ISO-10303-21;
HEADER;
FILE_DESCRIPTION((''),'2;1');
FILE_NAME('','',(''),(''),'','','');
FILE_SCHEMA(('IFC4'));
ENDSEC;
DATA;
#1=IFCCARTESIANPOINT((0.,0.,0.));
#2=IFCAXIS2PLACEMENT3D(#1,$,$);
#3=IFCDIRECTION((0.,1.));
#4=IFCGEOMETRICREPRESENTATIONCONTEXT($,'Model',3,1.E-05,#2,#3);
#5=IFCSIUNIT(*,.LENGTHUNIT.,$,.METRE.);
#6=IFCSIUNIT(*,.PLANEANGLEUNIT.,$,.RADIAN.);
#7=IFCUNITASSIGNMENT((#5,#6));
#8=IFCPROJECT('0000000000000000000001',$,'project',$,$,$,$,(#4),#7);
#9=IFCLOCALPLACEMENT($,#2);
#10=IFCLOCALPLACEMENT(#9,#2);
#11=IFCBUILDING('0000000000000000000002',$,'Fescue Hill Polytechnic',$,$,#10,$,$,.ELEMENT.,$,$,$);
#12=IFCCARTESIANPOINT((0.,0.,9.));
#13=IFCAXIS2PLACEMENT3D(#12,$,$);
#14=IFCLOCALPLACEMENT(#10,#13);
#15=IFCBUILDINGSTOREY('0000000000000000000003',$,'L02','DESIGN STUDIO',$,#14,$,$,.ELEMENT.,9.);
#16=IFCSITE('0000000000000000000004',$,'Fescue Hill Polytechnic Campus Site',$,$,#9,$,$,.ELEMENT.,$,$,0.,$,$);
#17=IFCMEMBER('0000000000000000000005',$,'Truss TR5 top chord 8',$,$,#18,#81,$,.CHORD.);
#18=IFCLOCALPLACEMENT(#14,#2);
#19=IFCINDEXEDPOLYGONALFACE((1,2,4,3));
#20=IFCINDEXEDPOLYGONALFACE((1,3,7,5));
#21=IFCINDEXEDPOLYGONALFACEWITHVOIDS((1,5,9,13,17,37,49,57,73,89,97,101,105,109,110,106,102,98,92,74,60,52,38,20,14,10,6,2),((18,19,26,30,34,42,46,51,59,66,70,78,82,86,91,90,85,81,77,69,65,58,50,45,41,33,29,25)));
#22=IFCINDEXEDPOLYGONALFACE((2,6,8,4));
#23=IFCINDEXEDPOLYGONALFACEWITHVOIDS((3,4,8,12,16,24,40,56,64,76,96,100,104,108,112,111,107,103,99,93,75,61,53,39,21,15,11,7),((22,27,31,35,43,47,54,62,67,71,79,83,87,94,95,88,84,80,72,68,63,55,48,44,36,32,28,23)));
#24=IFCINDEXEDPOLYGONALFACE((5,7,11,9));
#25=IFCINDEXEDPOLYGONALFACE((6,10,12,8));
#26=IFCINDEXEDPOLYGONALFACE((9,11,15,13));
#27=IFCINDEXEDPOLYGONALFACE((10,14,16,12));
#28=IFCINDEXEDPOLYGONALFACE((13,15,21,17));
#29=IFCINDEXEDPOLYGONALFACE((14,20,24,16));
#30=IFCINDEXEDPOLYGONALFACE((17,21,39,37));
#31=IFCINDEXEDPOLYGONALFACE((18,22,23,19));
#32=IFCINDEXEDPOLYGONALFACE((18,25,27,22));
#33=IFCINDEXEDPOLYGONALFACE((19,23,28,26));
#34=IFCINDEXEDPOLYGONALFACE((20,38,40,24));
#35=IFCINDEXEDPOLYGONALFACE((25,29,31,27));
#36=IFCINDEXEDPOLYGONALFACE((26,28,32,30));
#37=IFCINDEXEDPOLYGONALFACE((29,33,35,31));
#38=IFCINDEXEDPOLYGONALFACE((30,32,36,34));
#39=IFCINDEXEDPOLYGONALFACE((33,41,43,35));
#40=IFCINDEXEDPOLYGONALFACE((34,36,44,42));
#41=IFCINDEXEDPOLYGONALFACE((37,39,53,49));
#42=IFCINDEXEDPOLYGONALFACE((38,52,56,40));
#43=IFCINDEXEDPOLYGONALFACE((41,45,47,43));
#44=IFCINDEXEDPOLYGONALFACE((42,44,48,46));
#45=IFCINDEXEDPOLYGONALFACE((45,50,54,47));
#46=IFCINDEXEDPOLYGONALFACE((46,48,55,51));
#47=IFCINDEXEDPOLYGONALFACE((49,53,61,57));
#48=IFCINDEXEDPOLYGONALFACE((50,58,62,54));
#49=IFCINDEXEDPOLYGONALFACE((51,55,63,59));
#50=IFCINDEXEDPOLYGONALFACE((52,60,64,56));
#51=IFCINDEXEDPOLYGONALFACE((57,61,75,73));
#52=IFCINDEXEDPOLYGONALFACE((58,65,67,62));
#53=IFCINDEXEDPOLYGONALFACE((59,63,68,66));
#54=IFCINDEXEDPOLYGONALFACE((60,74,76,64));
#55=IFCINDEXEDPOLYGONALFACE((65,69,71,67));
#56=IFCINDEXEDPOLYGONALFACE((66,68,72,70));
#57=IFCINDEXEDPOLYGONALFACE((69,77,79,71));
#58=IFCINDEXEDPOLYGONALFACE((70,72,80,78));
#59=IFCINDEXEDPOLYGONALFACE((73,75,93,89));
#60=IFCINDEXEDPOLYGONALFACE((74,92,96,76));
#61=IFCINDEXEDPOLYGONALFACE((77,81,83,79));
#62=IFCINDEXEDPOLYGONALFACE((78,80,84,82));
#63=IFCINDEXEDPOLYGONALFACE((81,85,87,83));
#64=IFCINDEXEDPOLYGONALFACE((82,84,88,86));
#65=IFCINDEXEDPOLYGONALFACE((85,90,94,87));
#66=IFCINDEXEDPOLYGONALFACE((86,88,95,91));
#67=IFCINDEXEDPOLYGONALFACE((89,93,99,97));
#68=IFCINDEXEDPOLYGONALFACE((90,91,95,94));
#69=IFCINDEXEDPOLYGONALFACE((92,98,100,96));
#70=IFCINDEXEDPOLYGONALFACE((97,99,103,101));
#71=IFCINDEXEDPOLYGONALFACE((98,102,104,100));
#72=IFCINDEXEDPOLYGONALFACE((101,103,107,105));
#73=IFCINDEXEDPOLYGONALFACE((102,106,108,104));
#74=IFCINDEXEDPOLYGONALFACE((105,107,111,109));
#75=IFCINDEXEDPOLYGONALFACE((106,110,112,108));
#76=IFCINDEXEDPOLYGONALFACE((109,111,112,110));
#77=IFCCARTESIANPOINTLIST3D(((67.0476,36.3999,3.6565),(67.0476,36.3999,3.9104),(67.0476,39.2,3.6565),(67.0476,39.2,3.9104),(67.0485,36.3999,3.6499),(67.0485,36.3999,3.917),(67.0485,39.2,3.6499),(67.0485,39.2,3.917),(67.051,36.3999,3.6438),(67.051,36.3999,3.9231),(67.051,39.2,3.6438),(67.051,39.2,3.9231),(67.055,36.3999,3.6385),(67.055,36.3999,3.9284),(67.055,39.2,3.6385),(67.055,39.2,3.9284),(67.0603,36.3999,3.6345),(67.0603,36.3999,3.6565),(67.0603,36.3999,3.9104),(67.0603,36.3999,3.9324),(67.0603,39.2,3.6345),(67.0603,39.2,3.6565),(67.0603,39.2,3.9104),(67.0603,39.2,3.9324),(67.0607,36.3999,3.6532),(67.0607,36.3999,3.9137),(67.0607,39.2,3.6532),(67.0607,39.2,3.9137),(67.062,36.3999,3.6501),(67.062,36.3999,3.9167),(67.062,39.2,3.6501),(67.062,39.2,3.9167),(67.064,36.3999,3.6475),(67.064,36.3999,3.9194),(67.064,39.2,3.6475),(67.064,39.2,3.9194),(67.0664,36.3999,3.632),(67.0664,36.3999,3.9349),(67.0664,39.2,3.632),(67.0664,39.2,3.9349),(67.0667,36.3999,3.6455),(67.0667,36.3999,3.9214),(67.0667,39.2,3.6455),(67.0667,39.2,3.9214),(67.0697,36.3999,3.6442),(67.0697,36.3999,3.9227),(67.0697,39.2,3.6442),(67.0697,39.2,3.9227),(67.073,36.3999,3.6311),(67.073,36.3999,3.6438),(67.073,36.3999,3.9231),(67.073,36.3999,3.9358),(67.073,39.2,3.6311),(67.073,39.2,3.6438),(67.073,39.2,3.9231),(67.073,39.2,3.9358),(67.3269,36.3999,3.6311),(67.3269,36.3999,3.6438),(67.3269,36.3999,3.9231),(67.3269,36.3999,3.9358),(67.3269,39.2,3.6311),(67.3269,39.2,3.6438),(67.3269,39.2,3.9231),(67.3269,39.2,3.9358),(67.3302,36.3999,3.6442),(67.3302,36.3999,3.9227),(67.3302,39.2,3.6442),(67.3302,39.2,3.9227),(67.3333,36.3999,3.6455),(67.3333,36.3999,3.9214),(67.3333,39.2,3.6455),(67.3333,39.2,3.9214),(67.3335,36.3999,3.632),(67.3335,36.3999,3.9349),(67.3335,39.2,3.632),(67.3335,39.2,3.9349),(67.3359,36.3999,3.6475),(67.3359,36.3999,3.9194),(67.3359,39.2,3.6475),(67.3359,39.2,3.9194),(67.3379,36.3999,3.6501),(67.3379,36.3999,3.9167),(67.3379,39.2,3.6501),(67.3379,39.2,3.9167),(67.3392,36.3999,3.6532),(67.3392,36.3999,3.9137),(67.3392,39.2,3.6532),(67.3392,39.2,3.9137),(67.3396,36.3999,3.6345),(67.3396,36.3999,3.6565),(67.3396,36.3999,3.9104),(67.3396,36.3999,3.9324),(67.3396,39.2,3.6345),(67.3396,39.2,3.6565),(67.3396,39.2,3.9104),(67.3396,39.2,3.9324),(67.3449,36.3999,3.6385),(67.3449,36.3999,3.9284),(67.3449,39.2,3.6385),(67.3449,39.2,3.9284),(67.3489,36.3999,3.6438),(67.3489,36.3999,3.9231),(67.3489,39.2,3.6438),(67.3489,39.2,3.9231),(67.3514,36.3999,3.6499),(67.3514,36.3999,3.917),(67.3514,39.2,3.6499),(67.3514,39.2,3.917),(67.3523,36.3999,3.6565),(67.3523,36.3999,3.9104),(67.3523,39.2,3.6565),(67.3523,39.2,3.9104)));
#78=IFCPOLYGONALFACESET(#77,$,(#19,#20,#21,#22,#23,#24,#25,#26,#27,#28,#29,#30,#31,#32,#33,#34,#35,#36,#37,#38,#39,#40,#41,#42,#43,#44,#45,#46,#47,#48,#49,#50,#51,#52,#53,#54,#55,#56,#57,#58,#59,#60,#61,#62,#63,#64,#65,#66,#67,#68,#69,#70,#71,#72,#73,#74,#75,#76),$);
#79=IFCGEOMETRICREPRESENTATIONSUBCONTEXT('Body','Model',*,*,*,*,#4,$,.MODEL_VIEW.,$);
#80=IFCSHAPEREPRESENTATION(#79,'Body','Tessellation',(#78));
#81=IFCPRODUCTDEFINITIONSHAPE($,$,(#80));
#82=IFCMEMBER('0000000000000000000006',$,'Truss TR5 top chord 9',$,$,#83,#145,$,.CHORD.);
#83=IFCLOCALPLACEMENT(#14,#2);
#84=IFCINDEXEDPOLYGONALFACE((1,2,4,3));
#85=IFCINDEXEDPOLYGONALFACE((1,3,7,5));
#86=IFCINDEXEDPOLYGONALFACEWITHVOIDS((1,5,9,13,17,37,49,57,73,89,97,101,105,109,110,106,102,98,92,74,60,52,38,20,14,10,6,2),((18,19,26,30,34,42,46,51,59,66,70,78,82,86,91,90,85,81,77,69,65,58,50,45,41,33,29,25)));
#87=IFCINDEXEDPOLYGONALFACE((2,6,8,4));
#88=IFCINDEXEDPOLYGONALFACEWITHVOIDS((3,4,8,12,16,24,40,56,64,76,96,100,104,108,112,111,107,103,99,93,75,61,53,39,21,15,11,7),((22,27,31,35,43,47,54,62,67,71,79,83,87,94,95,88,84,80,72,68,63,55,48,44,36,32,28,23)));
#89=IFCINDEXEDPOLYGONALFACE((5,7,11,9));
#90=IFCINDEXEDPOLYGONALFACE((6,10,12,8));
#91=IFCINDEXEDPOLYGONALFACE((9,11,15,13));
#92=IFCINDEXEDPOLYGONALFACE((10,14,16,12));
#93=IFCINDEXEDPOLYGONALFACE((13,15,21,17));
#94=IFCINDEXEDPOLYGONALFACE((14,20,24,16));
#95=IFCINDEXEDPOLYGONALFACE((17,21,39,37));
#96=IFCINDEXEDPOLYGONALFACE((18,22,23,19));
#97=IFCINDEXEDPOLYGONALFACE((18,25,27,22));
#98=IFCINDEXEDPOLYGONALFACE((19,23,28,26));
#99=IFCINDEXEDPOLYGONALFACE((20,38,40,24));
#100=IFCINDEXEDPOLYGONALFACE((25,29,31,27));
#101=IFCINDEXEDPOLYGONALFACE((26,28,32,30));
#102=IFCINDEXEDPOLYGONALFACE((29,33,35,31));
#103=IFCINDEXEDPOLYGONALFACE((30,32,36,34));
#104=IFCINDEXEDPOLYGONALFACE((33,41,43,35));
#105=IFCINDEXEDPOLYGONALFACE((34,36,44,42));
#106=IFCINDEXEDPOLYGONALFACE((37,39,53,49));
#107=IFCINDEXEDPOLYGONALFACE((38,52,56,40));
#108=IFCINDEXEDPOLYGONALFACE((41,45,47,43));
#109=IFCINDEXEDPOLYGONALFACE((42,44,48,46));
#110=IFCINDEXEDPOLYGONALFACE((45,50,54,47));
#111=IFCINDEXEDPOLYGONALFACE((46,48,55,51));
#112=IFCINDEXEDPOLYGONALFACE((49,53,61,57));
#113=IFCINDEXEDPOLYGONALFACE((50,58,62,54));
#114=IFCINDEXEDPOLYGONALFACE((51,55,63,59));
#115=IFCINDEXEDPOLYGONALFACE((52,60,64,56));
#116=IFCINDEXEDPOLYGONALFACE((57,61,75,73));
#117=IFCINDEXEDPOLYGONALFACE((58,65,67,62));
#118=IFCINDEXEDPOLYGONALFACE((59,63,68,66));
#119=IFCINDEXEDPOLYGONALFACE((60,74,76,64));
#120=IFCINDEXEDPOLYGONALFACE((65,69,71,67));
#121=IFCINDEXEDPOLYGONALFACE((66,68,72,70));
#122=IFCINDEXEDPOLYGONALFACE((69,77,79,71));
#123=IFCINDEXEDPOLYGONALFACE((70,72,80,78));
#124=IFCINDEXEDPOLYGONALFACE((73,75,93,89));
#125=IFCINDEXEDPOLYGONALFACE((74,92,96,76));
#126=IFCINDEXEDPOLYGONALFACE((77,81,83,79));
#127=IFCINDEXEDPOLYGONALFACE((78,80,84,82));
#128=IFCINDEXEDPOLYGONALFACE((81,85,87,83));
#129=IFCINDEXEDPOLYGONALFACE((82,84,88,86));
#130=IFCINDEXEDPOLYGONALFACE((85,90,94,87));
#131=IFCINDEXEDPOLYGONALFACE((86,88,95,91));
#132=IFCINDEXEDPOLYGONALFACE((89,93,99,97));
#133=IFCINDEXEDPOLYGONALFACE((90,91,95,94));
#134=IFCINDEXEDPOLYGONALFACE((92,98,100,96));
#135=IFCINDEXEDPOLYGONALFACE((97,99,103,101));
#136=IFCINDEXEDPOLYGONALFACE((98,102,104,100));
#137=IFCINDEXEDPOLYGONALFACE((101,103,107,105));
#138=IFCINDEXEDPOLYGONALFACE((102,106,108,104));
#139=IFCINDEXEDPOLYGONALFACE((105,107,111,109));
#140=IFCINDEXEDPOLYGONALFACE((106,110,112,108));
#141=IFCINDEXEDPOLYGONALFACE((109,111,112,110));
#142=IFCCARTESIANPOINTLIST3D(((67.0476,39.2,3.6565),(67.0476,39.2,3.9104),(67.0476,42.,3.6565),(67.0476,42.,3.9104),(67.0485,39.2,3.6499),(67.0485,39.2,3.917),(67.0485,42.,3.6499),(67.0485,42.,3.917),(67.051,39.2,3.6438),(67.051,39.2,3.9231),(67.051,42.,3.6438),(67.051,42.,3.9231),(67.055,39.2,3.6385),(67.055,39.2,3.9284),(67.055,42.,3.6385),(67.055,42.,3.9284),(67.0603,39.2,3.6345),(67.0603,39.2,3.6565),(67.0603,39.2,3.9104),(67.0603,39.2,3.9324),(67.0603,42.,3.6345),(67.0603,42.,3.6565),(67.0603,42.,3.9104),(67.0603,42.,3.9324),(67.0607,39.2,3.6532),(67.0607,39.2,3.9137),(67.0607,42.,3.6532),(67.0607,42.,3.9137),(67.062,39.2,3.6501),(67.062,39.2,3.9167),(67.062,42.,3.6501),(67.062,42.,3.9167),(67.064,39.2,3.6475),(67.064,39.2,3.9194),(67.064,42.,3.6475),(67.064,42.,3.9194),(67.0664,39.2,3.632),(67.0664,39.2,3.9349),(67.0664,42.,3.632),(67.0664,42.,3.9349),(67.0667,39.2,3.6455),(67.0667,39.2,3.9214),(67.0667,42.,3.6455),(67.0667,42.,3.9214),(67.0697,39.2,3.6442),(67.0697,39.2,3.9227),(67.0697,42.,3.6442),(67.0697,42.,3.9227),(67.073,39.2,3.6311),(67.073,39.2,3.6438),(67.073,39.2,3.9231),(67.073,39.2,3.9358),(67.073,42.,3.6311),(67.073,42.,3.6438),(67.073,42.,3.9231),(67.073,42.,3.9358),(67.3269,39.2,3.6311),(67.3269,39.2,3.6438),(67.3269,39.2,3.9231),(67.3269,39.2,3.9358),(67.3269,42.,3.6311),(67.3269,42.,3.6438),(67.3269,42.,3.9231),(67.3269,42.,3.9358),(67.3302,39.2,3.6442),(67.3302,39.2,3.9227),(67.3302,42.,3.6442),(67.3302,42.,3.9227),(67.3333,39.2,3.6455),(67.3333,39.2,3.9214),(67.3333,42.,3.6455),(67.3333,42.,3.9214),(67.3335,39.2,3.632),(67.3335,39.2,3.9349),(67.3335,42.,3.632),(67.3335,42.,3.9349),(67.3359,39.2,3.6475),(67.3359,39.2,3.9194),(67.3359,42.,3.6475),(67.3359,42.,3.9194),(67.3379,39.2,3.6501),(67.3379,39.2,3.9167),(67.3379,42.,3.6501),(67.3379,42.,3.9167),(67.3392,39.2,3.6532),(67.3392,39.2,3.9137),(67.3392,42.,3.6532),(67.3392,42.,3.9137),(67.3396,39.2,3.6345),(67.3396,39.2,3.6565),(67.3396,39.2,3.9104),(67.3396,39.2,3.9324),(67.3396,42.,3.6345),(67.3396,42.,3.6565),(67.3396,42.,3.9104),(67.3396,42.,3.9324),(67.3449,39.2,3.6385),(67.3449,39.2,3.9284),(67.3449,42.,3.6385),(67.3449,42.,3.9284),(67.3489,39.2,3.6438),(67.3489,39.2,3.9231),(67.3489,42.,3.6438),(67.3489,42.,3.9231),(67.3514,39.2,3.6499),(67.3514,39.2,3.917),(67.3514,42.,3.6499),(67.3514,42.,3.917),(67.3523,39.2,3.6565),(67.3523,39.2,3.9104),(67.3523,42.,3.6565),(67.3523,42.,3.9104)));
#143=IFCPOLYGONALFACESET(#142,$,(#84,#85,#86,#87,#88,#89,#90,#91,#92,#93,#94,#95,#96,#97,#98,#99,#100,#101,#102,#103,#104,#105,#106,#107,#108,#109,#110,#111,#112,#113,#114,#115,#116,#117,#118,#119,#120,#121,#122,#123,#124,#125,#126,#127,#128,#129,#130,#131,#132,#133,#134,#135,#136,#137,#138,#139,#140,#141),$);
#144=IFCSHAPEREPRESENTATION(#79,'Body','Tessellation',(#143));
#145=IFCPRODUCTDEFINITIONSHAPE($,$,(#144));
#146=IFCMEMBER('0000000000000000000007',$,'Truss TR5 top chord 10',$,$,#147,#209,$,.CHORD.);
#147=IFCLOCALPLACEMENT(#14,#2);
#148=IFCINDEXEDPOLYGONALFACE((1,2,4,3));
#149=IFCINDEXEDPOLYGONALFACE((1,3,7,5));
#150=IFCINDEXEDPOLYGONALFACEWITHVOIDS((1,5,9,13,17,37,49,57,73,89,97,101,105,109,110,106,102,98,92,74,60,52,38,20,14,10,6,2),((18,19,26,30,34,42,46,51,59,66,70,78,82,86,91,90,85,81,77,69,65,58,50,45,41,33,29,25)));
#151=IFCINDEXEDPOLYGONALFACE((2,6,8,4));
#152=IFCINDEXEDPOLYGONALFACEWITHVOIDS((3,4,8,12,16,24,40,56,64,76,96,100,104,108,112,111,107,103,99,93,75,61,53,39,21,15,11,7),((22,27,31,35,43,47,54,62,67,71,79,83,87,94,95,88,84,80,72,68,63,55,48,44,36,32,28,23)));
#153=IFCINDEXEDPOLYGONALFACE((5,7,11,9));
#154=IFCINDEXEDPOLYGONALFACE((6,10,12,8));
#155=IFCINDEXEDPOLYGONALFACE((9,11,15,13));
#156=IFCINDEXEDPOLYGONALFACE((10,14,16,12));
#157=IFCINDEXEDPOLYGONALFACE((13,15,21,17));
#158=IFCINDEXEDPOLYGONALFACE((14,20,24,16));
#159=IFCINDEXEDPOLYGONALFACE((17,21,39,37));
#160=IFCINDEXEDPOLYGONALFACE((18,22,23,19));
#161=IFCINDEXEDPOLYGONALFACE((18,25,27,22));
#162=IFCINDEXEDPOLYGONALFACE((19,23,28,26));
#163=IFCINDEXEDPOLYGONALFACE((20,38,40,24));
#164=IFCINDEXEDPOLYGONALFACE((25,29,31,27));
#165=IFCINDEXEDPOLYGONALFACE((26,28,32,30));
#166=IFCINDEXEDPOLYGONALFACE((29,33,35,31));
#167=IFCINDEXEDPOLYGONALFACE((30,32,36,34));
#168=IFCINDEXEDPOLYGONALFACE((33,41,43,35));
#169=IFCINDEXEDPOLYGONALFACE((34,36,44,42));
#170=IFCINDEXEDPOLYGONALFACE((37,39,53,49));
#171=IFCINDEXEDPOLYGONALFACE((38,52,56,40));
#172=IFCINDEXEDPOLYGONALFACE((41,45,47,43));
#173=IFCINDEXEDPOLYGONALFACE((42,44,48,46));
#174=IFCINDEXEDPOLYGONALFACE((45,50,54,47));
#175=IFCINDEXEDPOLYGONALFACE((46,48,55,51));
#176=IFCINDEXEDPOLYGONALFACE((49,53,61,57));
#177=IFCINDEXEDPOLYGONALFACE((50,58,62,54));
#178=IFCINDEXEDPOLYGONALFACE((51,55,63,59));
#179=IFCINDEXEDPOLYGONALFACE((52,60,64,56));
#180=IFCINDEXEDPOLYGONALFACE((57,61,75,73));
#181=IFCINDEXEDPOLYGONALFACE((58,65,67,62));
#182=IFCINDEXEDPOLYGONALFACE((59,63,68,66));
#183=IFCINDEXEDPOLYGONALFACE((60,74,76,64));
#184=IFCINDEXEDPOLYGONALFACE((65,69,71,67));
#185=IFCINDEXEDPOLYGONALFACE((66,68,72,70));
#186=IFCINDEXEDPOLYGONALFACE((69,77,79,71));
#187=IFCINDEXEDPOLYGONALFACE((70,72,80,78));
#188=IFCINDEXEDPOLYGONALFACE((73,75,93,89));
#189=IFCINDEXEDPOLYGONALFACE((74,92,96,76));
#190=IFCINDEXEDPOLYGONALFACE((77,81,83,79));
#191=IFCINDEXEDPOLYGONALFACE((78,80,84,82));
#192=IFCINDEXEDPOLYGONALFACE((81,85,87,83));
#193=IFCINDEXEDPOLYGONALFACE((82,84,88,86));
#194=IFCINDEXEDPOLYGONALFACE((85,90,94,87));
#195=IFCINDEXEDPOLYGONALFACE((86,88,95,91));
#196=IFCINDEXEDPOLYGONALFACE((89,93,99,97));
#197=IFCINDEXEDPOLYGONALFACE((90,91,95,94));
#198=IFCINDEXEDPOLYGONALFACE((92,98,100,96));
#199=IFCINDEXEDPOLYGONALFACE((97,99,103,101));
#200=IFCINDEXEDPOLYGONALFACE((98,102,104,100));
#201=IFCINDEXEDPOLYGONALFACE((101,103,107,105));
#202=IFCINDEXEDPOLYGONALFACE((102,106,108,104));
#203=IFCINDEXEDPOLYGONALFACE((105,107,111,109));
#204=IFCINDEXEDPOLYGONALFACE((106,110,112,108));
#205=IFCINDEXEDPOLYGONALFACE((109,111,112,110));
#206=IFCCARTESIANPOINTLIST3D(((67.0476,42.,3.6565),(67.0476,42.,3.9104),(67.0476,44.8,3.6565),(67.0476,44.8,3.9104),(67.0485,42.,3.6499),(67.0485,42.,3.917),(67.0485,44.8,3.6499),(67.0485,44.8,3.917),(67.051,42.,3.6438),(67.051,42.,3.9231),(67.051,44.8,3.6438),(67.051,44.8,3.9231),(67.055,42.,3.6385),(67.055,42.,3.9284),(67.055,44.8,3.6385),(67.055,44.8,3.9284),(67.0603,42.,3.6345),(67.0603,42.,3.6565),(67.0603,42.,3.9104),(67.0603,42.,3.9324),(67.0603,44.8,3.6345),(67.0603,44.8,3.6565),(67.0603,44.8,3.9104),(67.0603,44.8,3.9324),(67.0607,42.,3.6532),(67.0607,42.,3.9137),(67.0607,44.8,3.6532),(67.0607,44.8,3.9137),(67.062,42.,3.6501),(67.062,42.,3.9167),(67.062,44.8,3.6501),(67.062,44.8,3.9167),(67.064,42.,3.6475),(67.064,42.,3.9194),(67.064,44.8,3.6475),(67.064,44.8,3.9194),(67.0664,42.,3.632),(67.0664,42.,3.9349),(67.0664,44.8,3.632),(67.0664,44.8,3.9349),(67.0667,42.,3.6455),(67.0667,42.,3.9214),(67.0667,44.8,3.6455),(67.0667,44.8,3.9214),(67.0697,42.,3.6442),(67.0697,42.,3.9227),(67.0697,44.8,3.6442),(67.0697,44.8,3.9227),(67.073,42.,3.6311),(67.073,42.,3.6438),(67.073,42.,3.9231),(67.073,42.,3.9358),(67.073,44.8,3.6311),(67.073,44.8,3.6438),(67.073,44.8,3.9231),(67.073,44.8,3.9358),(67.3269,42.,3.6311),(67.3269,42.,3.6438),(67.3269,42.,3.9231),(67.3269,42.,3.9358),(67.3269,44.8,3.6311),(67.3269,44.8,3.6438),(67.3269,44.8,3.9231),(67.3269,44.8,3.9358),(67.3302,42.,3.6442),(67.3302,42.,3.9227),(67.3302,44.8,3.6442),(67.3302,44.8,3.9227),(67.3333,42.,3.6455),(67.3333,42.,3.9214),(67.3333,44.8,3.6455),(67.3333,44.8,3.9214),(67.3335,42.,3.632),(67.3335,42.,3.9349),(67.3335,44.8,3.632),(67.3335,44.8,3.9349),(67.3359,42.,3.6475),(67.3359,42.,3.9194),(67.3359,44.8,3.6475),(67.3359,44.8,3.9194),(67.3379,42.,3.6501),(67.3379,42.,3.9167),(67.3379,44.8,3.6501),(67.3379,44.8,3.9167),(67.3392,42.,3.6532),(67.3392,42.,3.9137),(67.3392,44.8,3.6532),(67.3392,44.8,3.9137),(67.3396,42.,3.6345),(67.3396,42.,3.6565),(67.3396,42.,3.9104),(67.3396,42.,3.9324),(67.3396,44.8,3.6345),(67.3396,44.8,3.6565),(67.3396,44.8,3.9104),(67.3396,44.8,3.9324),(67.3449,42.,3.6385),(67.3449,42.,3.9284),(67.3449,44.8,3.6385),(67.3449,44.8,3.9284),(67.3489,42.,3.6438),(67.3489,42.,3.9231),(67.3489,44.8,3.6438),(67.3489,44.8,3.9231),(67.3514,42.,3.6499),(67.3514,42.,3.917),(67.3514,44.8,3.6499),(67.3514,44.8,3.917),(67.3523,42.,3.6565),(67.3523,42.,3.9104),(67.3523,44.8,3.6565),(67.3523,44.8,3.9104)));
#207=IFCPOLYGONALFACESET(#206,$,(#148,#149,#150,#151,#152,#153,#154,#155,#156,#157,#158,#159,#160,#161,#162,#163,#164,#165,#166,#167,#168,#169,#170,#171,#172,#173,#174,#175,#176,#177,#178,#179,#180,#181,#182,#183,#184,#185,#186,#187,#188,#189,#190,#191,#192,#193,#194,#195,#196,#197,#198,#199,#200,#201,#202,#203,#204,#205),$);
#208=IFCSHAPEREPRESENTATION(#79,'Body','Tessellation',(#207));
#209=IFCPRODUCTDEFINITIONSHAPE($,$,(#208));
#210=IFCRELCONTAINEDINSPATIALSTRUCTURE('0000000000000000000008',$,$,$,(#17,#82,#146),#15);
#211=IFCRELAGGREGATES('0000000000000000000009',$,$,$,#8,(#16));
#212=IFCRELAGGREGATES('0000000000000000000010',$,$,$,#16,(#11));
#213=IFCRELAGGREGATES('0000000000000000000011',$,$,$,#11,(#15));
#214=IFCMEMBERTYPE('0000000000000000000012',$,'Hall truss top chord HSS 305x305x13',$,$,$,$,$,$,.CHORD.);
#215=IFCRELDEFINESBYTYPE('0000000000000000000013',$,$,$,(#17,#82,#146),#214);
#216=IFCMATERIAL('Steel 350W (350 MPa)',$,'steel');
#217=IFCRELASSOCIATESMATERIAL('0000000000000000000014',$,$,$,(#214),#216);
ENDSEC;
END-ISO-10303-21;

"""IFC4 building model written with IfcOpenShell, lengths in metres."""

from ifc_helpers import new_model, si_unit, direction, frame, origin, origin_2d, place, context, subcontext, project, spatial, hollow_rectangle, extrude, material, material_profile, profile_set, type_object, element, save


model = new_model("IFC4")

# Units and contexts
model_context = context("Model", 3, precision=1e-05, world=origin(), true_north=direction((0.0, 1.0)))
body_context = subcontext(model_context, "Body", "Model", "MODEL_VIEW")
ifc_project = project(units=[si_unit("LENGTHUNIT", "METRE"), si_unit("PLANEANGLEUNIT", "RADIAN")], contexts=[model_context])

# Site, building, storey
site_placement = place(None, origin())
site = spatial("IfcSite", under=ifc_project, at=site_placement, Name="Fescue Hill Polytechnic Campus Site", CompositionType="ELEMENT", RefElevation=0.0)
building_placement = place(site_placement, origin())
building = spatial("IfcBuilding", under=site, at=building_placement, Name="Fescue Hill Polytechnic", CompositionType="ELEMENT")
storey_placement = place(building_placement, frame((0.0, 0.0, 9.0)))
storey = spatial("IfcBuildingStorey", under=building, at=storey_placement, Name="L02", Description="DESIGN STUDIO", CompositionType="ELEMENT", Elevation=9.0)

# Members
ifc_material = material(Name="Steel 350W (350 MPa)", Category="steel")
ifc_material_profile_1 = material_profile(ifc_material, hollow_rectangle(XDim=0.3047, YDim=0.3047, WallThickness=0.0127, InnerFilletRadius=0.0127, OuterFilletRadius=0.0254, at=origin_2d()), Name="Hall truss top chord HSS 305x305x13")
ifc_profile_set_1 = profile_set([ifc_material_profile_1], Name="Steel 350W (350 MPa)")
member_type_1 = type_object("IfcMemberType", Name="Hall truss top chord HSS 305x305x13", PredefinedType="CHORD", material=ifc_profile_set_1)
for number, where, z_axis, x_axis, name in (
    (1, (67.2, 36.3999, 3.7834), (0.0, 1.0, 0.0), (-1.0, 0.0, 0.0), "Truss TR5 top chord 8"),
    (2, (67.2, 39.2, 3.7834), (0.0, 1.0, 0.0), (-1.0, 0.0, 0.0), "Truss TR5 top chord 9"),
    (3, (67.2, 42.0, 3.7834), (0.0, 1.0, 0.0), (-1.0, 0.0, 0.0), "Truss TR5 top chord 10"),
):
    element("IfcMember", number, at=place(storey_placement, frame(where, z_axis=z_axis, x_axis=x_axis)), inside=storey, type_object=member_type_1, Name=name, PredefinedType="CHORD", context=body_context, shape_type="SweptSolid", body=[
        extrude(hollow_rectangle(XDim=0.3047, YDim=0.3047, WallThickness=0.0127, InnerFilletRadius=0.0127, OuterFilletRadius=0.0254, at=origin_2d()), origin(), (0.0, 0.0, 1.0), 2.8),
    ])

save(model, "model.ifc")
